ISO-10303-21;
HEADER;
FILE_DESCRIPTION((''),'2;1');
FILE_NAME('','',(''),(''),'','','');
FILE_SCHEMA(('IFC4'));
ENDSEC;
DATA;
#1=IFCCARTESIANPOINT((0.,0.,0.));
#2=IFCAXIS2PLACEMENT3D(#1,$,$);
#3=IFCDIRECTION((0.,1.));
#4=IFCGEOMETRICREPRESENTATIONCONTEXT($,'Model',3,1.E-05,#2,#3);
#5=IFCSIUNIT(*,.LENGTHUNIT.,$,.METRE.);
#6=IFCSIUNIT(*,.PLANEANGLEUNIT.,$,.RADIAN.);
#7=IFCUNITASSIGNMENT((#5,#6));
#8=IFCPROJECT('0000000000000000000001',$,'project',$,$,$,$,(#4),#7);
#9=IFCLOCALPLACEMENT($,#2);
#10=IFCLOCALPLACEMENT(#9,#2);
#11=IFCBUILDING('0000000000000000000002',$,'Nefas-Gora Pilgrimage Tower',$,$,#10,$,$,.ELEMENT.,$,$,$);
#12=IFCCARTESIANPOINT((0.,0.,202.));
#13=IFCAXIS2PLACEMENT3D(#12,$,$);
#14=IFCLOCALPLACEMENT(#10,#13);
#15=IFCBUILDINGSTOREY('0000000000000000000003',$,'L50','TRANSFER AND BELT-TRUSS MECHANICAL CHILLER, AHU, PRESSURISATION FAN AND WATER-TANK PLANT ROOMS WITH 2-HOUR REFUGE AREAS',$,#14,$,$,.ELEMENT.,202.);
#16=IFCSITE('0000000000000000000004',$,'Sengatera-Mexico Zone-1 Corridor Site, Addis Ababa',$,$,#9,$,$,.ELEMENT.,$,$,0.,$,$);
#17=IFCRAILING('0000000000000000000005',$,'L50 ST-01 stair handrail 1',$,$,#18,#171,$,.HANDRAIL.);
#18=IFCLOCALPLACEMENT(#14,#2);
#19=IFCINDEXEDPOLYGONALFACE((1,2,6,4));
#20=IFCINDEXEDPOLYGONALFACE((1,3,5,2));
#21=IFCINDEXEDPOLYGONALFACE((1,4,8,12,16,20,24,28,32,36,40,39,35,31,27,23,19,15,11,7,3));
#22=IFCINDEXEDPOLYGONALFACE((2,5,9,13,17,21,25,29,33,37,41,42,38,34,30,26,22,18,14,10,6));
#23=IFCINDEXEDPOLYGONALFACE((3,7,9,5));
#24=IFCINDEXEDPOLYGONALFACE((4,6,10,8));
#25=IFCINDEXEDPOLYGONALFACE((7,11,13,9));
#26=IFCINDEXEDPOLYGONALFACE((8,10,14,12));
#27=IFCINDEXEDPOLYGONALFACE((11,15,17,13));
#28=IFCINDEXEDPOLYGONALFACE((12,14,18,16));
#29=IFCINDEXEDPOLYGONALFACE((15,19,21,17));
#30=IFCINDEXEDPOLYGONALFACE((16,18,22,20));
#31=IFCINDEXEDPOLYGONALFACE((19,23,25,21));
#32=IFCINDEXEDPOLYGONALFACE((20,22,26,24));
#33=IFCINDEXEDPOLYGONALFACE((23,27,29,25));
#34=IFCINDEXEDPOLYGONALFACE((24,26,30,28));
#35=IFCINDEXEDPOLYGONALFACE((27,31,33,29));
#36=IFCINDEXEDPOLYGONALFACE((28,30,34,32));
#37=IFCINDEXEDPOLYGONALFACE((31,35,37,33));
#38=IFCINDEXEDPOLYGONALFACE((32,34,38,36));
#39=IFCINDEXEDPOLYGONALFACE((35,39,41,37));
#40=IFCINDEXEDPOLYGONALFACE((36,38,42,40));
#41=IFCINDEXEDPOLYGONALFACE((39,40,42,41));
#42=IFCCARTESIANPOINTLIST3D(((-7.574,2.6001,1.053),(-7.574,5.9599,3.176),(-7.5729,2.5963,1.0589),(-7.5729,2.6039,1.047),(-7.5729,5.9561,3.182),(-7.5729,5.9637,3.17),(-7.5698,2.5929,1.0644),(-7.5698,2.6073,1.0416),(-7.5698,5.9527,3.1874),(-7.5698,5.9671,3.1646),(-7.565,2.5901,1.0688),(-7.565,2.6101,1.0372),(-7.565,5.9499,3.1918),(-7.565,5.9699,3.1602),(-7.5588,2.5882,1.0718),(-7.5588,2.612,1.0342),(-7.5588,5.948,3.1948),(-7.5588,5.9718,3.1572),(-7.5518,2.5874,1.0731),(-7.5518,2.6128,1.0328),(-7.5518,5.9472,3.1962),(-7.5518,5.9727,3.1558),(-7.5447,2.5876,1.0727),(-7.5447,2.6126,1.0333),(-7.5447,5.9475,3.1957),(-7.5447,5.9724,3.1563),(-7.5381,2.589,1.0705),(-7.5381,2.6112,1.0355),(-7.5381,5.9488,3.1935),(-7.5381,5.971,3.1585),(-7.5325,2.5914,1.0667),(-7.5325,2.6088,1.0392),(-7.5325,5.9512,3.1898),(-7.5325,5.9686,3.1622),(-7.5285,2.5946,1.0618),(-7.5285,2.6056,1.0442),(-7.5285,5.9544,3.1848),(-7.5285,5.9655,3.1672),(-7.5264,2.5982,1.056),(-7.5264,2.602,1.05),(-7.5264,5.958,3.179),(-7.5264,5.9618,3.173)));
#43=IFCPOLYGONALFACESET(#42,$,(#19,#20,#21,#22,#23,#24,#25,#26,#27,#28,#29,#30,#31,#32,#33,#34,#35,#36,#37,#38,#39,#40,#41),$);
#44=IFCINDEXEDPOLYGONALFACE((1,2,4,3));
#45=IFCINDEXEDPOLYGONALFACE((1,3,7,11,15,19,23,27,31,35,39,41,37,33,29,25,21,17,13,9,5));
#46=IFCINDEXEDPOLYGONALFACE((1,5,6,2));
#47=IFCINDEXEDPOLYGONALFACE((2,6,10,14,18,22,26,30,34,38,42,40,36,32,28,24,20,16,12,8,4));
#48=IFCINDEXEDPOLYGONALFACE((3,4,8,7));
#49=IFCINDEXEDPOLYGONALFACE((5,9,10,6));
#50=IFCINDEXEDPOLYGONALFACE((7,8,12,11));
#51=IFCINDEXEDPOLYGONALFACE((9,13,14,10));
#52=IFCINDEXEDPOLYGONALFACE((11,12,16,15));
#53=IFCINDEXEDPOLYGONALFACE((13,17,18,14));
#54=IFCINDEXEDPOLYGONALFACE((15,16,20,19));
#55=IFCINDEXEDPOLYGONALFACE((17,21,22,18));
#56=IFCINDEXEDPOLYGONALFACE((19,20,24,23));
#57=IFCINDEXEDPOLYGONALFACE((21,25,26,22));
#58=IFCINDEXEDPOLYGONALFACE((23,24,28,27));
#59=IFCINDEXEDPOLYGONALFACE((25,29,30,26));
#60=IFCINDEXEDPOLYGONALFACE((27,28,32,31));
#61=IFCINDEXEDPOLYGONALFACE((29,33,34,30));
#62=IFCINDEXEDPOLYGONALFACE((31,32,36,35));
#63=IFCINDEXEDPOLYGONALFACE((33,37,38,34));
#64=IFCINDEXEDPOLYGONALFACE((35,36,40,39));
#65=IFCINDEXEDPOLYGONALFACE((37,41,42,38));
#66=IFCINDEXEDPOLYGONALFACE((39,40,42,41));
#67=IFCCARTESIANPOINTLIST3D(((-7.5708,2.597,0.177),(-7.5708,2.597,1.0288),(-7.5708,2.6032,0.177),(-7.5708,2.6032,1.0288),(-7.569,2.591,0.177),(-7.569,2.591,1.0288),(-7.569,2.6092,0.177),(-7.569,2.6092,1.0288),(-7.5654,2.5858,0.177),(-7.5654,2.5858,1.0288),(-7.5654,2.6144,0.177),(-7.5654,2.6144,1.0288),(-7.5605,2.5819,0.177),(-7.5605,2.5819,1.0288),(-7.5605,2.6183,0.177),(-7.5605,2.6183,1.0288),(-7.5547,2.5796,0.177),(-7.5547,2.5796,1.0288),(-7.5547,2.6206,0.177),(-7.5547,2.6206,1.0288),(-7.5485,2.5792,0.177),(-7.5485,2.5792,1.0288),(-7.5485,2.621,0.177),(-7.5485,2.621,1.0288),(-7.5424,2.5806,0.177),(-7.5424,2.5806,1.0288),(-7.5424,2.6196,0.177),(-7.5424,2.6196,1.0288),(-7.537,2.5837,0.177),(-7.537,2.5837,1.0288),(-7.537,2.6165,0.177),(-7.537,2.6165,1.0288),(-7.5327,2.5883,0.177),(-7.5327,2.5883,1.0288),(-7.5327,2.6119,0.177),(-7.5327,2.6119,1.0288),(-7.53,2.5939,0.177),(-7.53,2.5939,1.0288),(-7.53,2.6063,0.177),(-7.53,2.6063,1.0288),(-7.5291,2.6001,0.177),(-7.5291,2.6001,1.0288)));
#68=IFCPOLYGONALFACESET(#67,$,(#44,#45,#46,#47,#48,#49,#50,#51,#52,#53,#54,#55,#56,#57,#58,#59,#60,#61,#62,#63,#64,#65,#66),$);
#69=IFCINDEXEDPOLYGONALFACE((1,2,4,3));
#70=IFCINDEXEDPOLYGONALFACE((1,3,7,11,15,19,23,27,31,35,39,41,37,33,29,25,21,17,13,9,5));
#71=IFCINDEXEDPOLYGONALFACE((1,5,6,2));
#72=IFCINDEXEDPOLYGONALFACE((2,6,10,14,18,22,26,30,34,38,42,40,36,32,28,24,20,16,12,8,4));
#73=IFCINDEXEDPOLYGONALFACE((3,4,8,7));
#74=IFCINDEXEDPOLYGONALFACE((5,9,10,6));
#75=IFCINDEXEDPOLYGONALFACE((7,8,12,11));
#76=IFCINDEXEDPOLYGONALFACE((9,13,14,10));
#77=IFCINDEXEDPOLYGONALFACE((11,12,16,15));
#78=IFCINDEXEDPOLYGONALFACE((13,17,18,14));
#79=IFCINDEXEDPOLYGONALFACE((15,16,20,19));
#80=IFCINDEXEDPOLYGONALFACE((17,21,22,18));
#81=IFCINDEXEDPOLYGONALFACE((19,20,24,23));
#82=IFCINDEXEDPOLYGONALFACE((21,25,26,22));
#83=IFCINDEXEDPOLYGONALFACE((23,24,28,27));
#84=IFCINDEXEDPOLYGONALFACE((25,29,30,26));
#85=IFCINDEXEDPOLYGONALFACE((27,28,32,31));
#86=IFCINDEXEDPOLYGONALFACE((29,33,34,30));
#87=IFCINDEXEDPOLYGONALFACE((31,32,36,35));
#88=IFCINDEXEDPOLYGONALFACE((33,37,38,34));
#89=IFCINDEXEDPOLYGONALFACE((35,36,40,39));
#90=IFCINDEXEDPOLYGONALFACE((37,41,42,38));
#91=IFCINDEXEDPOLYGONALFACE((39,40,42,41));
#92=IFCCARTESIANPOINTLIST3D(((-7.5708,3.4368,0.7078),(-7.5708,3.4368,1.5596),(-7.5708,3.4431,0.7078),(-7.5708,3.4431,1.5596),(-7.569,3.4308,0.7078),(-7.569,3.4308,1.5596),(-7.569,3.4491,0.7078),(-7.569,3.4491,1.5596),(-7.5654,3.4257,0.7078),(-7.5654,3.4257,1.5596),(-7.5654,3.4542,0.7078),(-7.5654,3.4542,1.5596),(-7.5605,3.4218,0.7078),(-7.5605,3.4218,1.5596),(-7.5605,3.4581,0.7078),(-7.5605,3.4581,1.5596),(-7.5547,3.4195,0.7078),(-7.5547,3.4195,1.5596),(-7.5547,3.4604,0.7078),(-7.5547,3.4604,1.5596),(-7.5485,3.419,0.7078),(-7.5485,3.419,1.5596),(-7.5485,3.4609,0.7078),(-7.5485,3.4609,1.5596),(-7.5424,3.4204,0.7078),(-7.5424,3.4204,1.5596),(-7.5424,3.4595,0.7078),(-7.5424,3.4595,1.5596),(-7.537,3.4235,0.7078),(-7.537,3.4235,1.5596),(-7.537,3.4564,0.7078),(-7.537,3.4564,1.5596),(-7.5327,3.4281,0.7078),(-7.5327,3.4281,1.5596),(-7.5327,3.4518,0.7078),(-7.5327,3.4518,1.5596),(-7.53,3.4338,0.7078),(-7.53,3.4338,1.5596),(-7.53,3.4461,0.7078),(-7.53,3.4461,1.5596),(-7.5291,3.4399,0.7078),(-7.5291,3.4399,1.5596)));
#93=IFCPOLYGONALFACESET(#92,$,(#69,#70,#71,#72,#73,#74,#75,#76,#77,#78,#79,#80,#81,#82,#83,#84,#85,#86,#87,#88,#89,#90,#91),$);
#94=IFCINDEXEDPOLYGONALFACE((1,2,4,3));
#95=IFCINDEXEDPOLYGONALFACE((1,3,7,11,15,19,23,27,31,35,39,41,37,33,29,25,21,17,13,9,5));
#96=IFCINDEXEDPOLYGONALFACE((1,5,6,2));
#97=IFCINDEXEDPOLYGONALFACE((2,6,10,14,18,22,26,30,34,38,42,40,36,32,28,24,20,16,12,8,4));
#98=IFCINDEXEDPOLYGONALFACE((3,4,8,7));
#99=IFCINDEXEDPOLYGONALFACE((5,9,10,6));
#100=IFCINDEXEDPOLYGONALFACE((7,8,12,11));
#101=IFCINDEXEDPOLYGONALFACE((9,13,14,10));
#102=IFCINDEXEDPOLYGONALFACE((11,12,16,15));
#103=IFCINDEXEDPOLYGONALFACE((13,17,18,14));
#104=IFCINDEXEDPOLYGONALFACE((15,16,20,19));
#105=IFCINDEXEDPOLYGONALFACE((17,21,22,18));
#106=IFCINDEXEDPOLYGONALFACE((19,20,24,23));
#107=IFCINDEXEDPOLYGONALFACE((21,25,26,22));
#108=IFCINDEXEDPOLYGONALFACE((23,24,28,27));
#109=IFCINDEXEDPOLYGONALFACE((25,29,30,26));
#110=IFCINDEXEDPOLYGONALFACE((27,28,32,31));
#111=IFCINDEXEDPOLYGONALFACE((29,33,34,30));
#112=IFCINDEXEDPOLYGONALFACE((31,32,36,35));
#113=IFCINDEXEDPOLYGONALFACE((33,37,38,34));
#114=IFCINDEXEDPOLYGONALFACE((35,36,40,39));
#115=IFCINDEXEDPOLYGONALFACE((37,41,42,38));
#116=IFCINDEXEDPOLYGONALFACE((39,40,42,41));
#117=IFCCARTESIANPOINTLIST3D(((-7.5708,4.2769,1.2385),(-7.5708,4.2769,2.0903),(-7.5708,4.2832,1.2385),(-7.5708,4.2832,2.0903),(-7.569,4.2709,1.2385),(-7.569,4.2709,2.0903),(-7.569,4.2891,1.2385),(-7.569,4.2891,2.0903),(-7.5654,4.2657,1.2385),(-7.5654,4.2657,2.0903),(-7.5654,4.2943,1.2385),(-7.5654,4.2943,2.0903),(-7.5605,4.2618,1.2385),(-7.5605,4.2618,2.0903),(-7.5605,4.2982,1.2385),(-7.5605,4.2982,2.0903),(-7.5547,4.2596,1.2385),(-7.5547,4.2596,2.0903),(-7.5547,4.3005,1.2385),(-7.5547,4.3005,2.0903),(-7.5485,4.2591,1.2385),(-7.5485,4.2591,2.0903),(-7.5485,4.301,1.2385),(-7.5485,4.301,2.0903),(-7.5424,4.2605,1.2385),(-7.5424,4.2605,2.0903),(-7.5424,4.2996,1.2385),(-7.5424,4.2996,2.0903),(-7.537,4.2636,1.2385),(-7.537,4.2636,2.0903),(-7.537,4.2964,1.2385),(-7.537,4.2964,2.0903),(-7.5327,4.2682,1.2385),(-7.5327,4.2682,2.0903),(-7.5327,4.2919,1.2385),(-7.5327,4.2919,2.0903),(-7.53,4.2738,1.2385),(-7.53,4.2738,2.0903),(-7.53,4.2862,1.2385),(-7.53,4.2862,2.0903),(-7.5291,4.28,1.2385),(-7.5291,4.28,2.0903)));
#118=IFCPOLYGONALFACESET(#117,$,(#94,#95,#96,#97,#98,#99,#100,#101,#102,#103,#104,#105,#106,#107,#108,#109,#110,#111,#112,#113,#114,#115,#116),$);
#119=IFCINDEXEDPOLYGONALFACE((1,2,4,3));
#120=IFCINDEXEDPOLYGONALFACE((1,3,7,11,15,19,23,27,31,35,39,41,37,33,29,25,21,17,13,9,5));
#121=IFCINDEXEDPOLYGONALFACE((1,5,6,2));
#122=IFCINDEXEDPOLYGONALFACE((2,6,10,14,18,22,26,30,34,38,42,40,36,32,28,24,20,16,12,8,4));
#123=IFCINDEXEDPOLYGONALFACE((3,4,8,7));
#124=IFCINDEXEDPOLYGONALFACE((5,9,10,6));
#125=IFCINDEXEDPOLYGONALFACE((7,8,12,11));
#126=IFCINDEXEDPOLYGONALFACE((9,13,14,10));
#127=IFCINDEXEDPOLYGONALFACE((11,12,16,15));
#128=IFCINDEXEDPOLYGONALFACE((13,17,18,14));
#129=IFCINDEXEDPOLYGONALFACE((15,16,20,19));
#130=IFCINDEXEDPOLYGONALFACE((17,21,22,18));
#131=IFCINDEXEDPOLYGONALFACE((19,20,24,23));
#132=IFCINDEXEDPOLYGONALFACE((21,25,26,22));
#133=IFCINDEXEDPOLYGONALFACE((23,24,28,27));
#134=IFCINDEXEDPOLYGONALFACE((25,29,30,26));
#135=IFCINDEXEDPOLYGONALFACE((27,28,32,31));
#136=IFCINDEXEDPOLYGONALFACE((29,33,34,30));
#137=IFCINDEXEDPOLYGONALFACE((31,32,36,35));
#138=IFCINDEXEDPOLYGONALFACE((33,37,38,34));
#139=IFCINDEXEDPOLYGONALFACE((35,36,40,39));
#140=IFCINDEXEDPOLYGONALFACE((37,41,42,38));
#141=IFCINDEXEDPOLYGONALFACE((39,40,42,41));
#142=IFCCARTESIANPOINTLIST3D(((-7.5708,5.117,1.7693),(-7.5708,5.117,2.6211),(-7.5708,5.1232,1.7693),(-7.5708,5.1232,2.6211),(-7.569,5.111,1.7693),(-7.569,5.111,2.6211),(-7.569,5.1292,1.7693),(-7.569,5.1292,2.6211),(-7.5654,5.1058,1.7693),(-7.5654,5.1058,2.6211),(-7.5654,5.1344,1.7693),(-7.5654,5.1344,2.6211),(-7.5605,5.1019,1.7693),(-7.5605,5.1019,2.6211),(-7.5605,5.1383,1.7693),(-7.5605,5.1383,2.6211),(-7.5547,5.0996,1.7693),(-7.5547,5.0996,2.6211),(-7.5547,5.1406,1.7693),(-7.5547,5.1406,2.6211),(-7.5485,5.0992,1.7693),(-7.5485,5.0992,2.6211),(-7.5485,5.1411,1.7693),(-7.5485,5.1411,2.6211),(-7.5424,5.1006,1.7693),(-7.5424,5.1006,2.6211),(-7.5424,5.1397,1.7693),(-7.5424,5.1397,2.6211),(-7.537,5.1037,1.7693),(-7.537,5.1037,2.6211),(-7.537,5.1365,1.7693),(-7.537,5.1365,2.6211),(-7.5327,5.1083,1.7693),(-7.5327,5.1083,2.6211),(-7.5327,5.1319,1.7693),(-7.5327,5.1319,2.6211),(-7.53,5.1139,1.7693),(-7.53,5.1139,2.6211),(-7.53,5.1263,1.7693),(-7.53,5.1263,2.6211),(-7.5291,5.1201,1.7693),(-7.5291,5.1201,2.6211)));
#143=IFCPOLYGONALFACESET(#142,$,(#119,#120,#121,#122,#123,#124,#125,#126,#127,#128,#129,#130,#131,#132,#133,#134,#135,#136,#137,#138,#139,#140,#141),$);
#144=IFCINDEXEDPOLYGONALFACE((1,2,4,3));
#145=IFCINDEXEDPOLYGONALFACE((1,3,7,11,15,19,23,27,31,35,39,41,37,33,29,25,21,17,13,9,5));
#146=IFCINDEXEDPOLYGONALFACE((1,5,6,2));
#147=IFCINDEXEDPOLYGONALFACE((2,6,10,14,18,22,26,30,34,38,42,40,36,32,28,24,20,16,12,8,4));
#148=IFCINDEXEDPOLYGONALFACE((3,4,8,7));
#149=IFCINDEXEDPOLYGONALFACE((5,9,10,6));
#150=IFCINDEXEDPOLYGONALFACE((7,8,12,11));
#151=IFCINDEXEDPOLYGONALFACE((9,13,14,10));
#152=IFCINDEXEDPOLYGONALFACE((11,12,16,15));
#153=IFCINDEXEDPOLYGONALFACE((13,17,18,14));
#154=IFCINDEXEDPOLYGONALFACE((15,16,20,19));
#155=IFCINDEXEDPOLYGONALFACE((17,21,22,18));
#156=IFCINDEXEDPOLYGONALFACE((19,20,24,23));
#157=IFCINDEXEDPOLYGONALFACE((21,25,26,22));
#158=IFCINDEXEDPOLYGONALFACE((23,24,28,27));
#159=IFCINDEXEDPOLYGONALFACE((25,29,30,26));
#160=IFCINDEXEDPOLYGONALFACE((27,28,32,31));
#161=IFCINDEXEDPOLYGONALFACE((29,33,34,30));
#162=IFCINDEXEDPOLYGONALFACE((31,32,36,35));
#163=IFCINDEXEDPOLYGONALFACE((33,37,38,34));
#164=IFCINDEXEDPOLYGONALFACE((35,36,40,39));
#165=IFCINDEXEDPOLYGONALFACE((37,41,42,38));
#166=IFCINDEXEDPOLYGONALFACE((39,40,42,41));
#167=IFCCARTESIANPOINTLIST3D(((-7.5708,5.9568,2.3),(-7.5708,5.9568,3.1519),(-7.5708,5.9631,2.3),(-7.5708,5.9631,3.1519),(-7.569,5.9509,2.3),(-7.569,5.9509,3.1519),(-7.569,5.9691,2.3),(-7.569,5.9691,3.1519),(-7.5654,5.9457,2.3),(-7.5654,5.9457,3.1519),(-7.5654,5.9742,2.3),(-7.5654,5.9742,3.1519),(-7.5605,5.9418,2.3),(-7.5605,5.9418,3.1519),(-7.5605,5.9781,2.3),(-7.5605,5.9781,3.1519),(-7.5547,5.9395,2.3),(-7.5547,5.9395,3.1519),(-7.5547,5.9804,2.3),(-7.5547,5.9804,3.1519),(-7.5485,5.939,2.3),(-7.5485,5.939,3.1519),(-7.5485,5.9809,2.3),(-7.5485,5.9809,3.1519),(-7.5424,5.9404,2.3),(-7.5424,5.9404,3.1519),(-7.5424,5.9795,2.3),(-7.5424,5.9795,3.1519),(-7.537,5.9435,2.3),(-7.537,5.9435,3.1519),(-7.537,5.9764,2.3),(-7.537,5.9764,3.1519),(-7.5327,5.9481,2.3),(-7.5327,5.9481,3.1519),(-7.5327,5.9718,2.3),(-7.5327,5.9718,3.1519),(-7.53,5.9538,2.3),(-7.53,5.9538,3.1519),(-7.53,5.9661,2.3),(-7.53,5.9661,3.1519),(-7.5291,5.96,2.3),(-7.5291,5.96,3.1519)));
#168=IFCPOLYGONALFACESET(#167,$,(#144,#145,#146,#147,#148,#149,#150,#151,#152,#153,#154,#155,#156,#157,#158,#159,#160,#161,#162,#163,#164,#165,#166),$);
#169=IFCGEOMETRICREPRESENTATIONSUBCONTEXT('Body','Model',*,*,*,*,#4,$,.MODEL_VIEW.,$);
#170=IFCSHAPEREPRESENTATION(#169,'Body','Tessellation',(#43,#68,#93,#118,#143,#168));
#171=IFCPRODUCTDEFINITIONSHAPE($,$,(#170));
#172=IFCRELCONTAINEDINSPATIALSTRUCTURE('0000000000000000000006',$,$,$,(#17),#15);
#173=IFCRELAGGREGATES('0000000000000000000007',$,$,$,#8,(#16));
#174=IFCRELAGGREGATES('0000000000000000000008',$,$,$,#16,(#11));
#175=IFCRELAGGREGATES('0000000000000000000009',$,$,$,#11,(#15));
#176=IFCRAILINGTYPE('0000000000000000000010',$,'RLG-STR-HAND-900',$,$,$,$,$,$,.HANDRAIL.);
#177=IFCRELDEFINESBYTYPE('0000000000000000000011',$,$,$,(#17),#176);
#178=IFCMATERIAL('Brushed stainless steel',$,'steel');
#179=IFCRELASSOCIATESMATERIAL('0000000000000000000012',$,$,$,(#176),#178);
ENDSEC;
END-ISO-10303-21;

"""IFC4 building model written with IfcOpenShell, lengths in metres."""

from ifc_helpers import new_model, si_unit, direction, frame, origin, origin_2d, place, context, subcontext, project, spatial, circle, extrude, material, type_object, element, save


model = new_model("IFC4")

# Units and contexts
model_context = context("Model", 3, precision=1e-05, world=origin(), true_north=direction((0.0, 1.0)))
body_context = subcontext(model_context, "Body", "Model", "MODEL_VIEW")
ifc_project = project(units=[si_unit("LENGTHUNIT", "METRE"), si_unit("PLANEANGLEUNIT", "RADIAN")], contexts=[model_context])

# Site, building, storey
site_placement = place(None, origin())
site = spatial("IfcSite", under=ifc_project, at=site_placement, Name="Sengatera-Mexico Zone-1 Corridor Site, Addis Ababa", CompositionType="ELEMENT", RefElevation=0.0)
building_placement = place(site_placement, origin())
building = spatial("IfcBuilding", under=site, at=building_placement, Name="Nefas-Gora Pilgrimage Tower", CompositionType="ELEMENT")
storey_placement = place(building_placement, frame((0.0, 0.0, 202.0)))
storey = spatial("IfcBuildingStorey", under=building, at=storey_placement, Name="L50", Description="TRANSFER AND BELT-TRUSS MECHANICAL CHILLER, AHU, PRESSURISATION FAN AND WATER-TANK PLANT ROOMS WITH 2-HOUR REFUGE AREAS", CompositionType="ELEMENT", Elevation=202.0)

# Railing
ifc_material_1 = material(Name="Brushed stainless steel", Category="steel")
railing_type_1 = type_object("IfcRailingType", Name="RLG-STR-HAND-900", PredefinedType="HANDRAIL", material=ifc_material_1)
railing_1_placement = place(storey_placement, frame((-7.55, 2.6001, 0.177)))
element("IfcRailing", 1, at=railing_1_placement, inside=storey, type_object=railing_type_1, Name="L50 ST-01 stair handrail 1", PredefinedType="HANDRAIL", context=body_context, shape_type="SweptSolid", body=[
    extrude(circle(Radius=0.0239, at=origin_2d()), frame((0.0, 0.0, 0.876), z_axis=(0.0, 0.845372, 0.534178), x_axis=(-1.0, 0.0, 0.0)), (0.0, 0.0, 1.0), 3.9744),
    extrude(circle(Radius=0.021, at=origin_2d()), origin(), (0.0, 0.0, 1.0), 0.8518),
    extrude(circle(Radius=0.021, at=origin_2d()), frame((0.0, 0.8398, 0.5308)), (0.0, 0.0, 1.0), 0.8518),
    extrude(circle(Radius=0.021, at=origin_2d()), frame((0.0, 1.6799, 1.0615)), (0.0, 0.0, 1.0), 0.8518),
    extrude(circle(Radius=0.021, at=origin_2d()), frame((0.0, 2.52, 1.5923)), (0.0, 0.0, 1.0), 0.8518),
    extrude(circle(Radius=0.021, at=origin_2d()), frame((0.0, 3.3599, 2.123)), (0.0, 0.0, 1.0), 0.8518),
])

save(model, "model.ifc")
